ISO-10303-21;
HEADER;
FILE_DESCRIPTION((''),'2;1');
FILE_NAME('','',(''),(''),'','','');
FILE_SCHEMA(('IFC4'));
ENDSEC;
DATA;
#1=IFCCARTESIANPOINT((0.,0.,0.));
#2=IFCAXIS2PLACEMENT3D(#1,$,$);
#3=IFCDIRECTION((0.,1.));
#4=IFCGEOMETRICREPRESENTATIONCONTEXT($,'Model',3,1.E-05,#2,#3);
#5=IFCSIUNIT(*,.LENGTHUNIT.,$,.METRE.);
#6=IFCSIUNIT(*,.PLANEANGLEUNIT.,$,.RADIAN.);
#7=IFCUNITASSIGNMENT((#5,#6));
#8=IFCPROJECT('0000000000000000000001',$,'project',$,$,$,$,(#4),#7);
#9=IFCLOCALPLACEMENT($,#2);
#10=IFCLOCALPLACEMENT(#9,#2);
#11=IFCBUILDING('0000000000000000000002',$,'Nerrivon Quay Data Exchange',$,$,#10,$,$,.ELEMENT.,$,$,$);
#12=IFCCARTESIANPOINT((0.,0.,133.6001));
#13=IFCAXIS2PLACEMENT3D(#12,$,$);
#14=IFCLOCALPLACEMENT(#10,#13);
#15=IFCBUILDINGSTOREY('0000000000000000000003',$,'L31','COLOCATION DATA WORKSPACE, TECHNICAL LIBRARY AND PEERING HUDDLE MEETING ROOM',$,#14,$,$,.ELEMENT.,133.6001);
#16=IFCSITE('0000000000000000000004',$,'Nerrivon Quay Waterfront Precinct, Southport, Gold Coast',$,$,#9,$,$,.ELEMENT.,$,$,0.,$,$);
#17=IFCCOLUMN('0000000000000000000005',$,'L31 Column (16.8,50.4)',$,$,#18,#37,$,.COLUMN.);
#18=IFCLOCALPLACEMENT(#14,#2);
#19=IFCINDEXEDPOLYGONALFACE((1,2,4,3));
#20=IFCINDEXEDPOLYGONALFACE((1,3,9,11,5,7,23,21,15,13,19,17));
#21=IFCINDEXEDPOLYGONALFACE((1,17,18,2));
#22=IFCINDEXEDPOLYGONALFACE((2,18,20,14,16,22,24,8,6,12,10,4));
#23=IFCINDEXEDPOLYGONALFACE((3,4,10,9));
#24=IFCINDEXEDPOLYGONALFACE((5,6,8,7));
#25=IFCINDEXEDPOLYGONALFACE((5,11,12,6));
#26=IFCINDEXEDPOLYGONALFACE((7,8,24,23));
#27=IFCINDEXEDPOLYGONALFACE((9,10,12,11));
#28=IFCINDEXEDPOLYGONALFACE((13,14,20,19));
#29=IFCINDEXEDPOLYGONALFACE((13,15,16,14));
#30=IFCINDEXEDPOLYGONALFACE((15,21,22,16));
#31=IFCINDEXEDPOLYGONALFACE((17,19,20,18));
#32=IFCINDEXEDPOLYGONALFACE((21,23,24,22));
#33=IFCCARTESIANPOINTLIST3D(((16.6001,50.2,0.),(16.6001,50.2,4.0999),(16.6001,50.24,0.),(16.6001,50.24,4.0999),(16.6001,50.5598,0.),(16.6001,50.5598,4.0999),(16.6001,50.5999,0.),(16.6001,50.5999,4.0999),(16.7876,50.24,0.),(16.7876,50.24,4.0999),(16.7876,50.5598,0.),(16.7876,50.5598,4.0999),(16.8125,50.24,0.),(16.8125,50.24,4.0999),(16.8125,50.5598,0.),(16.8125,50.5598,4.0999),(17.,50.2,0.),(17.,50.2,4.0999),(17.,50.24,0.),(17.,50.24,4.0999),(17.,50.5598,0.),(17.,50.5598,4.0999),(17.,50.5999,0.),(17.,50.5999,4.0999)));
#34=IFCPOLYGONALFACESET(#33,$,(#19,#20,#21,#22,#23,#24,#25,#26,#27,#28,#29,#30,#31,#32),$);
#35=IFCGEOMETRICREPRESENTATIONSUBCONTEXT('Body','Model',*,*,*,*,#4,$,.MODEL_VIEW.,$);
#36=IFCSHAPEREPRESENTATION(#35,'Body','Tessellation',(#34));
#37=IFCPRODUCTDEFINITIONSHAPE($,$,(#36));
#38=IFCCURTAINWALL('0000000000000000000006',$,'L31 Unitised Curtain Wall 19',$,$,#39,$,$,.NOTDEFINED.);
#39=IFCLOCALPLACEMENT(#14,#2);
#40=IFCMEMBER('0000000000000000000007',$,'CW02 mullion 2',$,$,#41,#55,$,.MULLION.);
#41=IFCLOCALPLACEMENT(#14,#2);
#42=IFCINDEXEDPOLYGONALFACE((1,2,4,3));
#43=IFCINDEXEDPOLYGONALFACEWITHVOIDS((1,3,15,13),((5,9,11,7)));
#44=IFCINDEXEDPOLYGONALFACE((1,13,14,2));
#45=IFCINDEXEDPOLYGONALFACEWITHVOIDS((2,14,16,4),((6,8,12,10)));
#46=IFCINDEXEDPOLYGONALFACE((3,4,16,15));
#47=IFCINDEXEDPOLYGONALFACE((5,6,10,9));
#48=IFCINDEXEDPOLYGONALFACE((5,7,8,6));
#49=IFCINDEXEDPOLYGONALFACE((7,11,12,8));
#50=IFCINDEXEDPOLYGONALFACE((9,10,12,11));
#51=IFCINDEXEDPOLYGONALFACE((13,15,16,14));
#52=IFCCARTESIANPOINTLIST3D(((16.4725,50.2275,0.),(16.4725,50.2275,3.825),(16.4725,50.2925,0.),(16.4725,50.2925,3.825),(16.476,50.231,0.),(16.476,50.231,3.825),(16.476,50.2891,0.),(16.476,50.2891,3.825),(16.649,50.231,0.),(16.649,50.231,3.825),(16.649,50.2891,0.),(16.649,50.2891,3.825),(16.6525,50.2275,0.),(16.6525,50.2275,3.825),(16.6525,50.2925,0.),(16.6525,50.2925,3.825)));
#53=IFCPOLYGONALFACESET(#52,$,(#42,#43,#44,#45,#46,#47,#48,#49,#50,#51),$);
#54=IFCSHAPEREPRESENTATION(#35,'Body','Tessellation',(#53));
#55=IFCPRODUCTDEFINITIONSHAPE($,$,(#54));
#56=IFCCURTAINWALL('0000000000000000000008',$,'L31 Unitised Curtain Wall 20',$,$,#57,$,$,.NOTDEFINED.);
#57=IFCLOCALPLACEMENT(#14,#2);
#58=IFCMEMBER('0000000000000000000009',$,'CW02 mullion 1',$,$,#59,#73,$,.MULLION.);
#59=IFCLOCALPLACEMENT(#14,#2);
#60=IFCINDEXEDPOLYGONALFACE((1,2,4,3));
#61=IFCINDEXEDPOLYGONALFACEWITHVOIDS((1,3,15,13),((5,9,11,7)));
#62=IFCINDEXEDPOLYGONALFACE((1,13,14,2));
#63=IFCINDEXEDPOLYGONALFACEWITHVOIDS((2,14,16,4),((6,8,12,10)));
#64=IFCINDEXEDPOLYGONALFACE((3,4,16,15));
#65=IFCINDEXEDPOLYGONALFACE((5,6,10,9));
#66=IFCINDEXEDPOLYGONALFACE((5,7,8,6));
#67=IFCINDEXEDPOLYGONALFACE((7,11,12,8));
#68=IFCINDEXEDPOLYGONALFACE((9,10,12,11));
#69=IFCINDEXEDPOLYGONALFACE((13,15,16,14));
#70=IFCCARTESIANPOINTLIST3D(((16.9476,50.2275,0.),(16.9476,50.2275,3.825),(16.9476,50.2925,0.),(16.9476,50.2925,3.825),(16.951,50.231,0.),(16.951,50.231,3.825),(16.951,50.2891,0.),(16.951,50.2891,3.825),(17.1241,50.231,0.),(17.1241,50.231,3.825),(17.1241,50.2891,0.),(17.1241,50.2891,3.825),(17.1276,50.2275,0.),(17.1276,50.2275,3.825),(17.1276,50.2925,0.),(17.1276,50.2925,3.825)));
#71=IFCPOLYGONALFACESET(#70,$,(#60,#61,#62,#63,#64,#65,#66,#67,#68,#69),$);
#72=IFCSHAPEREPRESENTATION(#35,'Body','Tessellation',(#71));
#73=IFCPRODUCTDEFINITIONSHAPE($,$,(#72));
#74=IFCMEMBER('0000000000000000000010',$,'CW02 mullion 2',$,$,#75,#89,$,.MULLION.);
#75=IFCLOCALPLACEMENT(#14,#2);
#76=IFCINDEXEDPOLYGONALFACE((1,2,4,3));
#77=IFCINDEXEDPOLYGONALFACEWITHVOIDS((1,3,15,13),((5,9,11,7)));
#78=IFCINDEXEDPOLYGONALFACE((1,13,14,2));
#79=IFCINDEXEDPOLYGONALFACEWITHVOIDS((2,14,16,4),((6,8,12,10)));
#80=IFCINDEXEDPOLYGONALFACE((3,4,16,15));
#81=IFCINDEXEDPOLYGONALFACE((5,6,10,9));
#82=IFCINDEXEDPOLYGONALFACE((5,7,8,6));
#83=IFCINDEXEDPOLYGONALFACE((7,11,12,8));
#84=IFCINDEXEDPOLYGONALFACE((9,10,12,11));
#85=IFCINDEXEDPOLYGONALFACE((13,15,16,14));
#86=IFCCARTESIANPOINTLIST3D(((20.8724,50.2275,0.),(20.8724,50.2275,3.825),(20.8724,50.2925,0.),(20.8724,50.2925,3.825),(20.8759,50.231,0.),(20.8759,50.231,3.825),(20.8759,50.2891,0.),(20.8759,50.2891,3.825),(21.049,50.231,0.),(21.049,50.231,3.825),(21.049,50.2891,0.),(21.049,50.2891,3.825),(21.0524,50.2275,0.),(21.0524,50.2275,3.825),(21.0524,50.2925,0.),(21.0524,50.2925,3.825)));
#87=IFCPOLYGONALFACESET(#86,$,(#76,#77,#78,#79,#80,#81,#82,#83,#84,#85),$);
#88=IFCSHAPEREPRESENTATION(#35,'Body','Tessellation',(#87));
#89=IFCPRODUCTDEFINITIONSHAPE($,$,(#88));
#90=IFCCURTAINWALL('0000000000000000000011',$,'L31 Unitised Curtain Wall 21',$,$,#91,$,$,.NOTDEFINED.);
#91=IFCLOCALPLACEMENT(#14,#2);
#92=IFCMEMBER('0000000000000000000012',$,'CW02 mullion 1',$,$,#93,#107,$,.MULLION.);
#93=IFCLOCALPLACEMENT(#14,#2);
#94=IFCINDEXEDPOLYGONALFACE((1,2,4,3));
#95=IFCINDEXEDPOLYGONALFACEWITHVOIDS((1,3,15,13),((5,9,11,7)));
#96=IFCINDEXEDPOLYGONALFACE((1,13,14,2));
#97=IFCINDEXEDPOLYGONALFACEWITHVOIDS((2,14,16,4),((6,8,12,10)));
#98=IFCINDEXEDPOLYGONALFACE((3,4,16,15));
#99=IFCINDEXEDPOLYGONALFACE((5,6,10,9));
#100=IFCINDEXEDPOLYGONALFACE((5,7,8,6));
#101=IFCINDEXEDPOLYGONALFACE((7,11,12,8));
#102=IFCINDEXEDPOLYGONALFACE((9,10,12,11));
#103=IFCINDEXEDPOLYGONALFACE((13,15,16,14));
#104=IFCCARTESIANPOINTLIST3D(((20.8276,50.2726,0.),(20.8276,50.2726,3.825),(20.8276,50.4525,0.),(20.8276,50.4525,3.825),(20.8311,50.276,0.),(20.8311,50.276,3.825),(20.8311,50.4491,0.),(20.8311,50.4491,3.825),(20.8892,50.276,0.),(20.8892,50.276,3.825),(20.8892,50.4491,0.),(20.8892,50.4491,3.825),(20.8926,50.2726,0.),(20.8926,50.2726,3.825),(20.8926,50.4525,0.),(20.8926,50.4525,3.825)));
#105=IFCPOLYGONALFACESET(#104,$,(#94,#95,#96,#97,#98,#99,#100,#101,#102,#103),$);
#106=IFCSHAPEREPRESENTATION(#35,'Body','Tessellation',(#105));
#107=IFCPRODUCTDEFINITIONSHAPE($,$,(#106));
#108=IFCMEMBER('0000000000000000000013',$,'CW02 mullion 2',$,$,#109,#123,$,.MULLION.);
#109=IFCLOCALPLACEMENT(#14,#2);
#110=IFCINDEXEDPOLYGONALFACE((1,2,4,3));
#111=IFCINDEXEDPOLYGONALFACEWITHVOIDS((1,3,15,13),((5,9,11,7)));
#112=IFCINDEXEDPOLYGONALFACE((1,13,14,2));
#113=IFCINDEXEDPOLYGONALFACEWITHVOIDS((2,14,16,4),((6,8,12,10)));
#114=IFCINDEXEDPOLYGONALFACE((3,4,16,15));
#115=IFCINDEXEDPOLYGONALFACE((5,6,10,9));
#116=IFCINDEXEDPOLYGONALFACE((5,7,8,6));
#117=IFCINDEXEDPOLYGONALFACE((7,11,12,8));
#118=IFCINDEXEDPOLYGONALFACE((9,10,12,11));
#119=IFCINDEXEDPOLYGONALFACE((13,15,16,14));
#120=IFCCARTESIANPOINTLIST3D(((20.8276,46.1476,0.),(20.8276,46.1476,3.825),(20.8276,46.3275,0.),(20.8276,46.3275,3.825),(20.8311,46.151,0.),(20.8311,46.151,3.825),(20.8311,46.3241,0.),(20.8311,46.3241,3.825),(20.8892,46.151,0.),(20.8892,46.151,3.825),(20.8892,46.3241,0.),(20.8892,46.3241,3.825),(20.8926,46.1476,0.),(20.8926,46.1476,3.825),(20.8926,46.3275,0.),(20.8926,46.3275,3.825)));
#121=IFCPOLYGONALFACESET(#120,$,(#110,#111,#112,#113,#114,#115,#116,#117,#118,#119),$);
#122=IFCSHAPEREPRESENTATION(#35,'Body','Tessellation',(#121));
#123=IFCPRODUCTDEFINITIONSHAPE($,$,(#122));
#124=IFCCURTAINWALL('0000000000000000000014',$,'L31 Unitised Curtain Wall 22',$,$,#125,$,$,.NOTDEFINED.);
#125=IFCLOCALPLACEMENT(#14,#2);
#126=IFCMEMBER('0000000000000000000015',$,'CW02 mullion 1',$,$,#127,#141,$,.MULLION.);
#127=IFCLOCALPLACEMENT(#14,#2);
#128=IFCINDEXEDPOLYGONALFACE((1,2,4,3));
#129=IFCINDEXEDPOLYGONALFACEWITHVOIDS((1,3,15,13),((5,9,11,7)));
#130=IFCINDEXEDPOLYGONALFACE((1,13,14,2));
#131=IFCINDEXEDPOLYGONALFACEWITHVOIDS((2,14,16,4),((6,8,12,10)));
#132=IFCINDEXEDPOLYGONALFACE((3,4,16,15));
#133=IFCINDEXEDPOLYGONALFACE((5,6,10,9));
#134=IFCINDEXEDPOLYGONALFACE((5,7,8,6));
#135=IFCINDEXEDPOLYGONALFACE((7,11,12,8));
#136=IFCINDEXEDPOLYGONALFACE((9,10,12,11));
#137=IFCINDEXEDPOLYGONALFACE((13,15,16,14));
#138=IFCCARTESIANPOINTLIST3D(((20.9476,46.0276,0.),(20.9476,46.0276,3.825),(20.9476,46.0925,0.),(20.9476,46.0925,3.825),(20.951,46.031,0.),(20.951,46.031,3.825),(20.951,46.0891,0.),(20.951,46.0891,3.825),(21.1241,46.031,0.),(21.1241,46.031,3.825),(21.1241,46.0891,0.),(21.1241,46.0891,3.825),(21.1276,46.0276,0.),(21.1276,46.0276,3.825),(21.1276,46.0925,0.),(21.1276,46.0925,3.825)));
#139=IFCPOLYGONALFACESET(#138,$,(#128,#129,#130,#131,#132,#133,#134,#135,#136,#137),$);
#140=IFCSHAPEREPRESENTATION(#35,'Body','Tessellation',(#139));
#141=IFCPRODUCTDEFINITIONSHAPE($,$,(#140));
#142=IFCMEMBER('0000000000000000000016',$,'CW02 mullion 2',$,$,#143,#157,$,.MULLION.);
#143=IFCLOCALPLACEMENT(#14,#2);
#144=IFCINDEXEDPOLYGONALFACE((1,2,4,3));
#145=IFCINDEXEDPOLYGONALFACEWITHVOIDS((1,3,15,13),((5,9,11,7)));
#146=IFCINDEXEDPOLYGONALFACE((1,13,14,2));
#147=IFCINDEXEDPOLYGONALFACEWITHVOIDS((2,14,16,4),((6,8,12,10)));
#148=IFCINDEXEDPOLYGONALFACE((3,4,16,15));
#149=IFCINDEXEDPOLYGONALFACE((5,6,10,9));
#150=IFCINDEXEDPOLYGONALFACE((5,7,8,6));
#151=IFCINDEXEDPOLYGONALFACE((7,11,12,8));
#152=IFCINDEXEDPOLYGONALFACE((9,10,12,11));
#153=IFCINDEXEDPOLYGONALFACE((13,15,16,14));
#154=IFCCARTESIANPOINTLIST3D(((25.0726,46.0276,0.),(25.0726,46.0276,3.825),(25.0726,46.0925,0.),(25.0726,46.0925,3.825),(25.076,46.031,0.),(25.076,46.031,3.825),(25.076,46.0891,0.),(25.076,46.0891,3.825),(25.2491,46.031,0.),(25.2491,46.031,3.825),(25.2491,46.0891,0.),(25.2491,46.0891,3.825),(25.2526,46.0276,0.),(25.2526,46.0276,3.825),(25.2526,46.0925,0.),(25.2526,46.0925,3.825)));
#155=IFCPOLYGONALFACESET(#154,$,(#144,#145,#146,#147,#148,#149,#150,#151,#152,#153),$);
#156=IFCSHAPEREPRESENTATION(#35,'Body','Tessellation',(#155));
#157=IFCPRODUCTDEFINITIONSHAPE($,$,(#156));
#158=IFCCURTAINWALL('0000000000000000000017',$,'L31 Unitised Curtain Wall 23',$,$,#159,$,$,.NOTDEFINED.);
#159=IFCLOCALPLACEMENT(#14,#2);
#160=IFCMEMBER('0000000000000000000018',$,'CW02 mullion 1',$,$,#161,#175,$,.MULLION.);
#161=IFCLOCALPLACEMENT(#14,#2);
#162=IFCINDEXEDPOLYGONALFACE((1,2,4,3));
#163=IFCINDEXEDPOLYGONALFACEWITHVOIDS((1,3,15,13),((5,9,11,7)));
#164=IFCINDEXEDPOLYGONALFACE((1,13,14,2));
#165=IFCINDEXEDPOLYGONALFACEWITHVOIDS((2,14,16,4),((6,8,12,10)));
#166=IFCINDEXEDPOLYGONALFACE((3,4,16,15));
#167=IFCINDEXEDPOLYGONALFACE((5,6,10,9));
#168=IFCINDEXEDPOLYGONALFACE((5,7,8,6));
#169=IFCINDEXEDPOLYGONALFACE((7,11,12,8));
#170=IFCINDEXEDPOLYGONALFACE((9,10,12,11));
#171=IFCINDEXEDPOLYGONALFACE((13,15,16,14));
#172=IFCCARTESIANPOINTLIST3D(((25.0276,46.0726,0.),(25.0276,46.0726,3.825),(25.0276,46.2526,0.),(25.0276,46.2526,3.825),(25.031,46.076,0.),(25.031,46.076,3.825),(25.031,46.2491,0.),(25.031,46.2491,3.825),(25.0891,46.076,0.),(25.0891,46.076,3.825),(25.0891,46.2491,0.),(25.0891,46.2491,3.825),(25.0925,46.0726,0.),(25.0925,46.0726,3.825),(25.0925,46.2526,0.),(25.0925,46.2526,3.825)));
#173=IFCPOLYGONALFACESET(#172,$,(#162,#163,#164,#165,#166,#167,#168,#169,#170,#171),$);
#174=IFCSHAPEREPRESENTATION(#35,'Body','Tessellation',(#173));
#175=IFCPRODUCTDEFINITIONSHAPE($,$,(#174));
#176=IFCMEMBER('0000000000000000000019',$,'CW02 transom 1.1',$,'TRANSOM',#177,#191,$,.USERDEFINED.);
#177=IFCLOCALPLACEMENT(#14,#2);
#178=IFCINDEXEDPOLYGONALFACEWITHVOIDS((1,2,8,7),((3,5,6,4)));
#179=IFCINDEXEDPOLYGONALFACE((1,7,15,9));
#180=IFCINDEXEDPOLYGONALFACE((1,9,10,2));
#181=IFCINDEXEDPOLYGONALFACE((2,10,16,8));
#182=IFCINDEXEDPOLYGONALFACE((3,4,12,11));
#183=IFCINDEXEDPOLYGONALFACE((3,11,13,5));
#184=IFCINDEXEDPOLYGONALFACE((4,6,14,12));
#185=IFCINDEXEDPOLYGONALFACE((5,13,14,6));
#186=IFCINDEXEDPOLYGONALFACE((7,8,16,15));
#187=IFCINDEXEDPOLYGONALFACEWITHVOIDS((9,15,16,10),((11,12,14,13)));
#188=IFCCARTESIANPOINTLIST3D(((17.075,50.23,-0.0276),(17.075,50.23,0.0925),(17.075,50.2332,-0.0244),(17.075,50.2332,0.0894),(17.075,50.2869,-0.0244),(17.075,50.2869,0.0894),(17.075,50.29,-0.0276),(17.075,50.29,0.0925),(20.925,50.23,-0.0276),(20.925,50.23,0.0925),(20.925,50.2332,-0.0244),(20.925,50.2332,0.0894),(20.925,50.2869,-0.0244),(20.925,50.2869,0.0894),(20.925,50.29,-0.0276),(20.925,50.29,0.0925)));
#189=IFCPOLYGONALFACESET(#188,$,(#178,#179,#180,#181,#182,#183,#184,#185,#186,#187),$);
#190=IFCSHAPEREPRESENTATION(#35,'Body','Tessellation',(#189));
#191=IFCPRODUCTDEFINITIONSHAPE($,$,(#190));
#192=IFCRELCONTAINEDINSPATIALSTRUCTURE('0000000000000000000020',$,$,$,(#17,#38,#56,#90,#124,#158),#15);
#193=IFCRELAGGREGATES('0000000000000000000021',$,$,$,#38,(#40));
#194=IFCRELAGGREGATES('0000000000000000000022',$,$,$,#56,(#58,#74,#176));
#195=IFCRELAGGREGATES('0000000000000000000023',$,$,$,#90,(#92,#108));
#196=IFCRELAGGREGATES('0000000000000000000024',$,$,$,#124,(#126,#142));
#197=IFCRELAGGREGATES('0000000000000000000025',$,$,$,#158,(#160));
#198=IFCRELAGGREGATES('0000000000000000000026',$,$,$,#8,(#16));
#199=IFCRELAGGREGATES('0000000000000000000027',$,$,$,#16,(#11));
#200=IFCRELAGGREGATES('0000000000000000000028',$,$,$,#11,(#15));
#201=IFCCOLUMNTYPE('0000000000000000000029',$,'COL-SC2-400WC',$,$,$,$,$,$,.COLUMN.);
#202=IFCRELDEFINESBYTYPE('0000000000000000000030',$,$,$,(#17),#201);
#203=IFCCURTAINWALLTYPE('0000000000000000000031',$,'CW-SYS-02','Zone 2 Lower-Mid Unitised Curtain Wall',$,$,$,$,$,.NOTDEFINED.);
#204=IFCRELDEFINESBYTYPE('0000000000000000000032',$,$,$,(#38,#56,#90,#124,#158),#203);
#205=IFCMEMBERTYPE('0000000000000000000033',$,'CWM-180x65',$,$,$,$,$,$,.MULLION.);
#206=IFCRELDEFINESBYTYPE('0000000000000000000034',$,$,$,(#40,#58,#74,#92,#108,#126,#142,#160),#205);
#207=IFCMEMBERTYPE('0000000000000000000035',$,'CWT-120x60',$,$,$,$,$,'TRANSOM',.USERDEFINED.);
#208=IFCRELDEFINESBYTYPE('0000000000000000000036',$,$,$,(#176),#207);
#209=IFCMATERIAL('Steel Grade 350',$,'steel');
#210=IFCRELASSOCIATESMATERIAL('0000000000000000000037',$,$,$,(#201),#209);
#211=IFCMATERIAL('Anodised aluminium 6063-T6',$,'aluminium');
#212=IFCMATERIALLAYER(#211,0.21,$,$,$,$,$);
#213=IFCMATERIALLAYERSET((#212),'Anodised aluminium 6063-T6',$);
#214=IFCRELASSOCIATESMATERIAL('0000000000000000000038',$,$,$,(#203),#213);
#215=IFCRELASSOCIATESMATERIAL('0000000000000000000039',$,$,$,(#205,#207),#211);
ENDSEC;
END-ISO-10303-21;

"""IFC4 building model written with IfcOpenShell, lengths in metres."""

from ifc_helpers import new_model, si_unit, direction, frame, origin, origin_2d, place, context, subcontext, project, spatial, hollow_rectangle, i_section, extrude, material, layer, layer_set, material_profile, profile_set, type_object, element, aggregate, save


model = new_model("IFC4")

# Units and contexts
model_context = context("Model", 3, precision=1e-05, world=origin(), true_north=direction((0.0, 1.0)))
body_context = subcontext(model_context, "Body", "Model", "MODEL_VIEW")
ifc_project = project(units=[si_unit("LENGTHUNIT", "METRE"), si_unit("PLANEANGLEUNIT", "RADIAN")], contexts=[model_context])

# Site, building, storey
site_placement = place(None, origin())
site = spatial("IfcSite", under=ifc_project, at=site_placement, Name="Nerrivon Quay Waterfront Precinct, Southport, Gold Coast", CompositionType="ELEMENT", RefElevation=0.0)
building_placement = place(site_placement, origin())
building = spatial("IfcBuilding", under=site, at=building_placement, Name="Nerrivon Quay Data Exchange", CompositionType="ELEMENT")
storey_placement = place(building_placement, frame((0.0, 0.0, 133.6001)))
storey = spatial("IfcBuildingStorey", under=building, at=storey_placement, Name="L31", Description="COLOCATION DATA WORKSPACE, TECHNICAL LIBRARY AND PEERING HUDDLE MEETING ROOM", CompositionType="ELEMENT", Elevation=133.6001)

# Column
ifc_material_1 = material(Name="Steel Grade 350", Category="steel")
ifc_material_profile_1 = material_profile(ifc_material_1, i_section(OverallWidth=0.3999, OverallDepth=0.3999, WebThickness=0.0249, FlangeThickness=0.04, at=origin_2d()), Name="400WC328")
ifc_profile_set_1 = profile_set([ifc_material_profile_1], Name="Steel Grade 350")
column_type = type_object("IfcColumnType", Name="COL-SC2-400WC", PredefinedType="COLUMN", material=ifc_profile_set_1)
column_placement = place(storey_placement, frame((16.8, 50.3999, 0.0), z_axis=(0.0, 0.0, 1.0), x_axis=(1.0, 0.0, 0.0)))
element("IfcColumn", 1, at=column_placement, inside=storey, type_object=column_type, Name="L31 Column (16.8,50.4)", PredefinedType="COLUMN", context=body_context, shape_type="SweptSolid", body=[
    extrude(i_section(OverallWidth=0.3999, OverallDepth=0.3999, WebThickness=0.0249, FlangeThickness=0.04, at=origin_2d()), origin(), (0.0, 0.0, 1.0), 4.0999),
])

# Curtain wall, member
ifc_material_2 = material(Name="Anodised aluminium 6063-T6", Category="aluminium")
ifc_layer_1 = layer(ifc_material_2, 0.21)
ifc_layer_set_1 = layer_set([ifc_layer_1], Name="Anodised aluminium 6063-T6")
curtain_wall_type = type_object("IfcCurtainWallType", Name="CW-SYS-02", Description="Zone 2 Lower-Mid Unitised Curtain Wall", PredefinedType="NOTDEFINED", material=ifc_layer_set_1)
curtain_wall_1_placement = place(storey_placement, origin())
curtain_wall_1 = element("IfcCurtainWall", 2, at=curtain_wall_1_placement, inside=storey, type_object=curtain_wall_type, Name="L31 Unitised Curtain Wall 19", PredefinedType="NOTDEFINED")
ifc_material_profile_2 = material_profile(ifc_material_2, hollow_rectangle(XDim=0.0649, YDim=0.1799, WallThickness=0.0034, at=origin_2d()), Name="ALU-MULL-180x65")
ifc_profile_set_2 = profile_set([ifc_material_profile_2], Name="Anodised aluminium 6063-T6")
member_type_1 = type_object("IfcMemberType", Name="CWM-180x65", PredefinedType="MULLION", material=ifc_profile_set_2)
member_1_placement = place(storey_placement, frame((16.5625, 50.26, 0.0), z_axis=(0.0, 0.0, 1.0), x_axis=(0.0, 1.0, 0.0)))
member_1 = element("IfcMember", 3, at=member_1_placement, type_object=member_type_1, Name="CW02 mullion 2", PredefinedType="MULLION", context=body_context, shape_type="SweptSolid", body=[
    extrude(hollow_rectangle(XDim=0.0649, YDim=0.1799, WallThickness=0.0034, at=origin_2d()), origin(), (0.0, 0.0, 1.0), 3.825),
])
aggregate(curtain_wall_1, [member_1])

# Curtain walls, members
curtain_wall_2_placement = place(storey_placement, origin())
curtain_wall_2 = element("IfcCurtainWall", 4, at=curtain_wall_2_placement, inside=storey, type_object=curtain_wall_type, Name="L31 Unitised Curtain Wall 20", PredefinedType="NOTDEFINED")
member_2_placement = place(storey_placement, frame((17.0376, 50.26, 0.0), z_axis=(0.0, 0.0, 1.0), x_axis=(0.0, 1.0, 0.0)))
member_2 = element("IfcMember", 5, at=member_2_placement, type_object=member_type_1, Name="CW02 mullion 1", PredefinedType="MULLION", context=body_context, shape_type="SweptSolid", body=[
    extrude(hollow_rectangle(XDim=0.0649, YDim=0.1799, WallThickness=0.0034, at=origin_2d()), origin(), (0.0, 0.0, 1.0), 3.825),
])
member_3_placement = place(storey_placement, frame((20.9624, 50.26, 0.0), z_axis=(0.0, 0.0, 1.0), x_axis=(0.0, 1.0, 0.0)))
member_3 = element("IfcMember", 6, at=member_3_placement, type_object=member_type_1, Name="CW02 mullion 2", PredefinedType="MULLION", context=body_context, shape_type="SweptSolid", body=[
    extrude(hollow_rectangle(XDim=0.0649, YDim=0.1799, WallThickness=0.0034, at=origin_2d()), origin(), (0.0, 0.0, 1.0), 3.825),
])
curtain_wall_3_placement = place(storey_placement, origin())
curtain_wall_3 = element("IfcCurtainWall", 7, at=curtain_wall_3_placement, inside=storey, type_object=curtain_wall_type, Name="L31 Unitised Curtain Wall 21", PredefinedType="NOTDEFINED")
member_4_placement = place(storey_placement, frame((20.8601, 50.3625, 0.0), z_axis=(0.0, 0.0, 1.0), x_axis=(1.0, 0.0, 0.0)))
member_4 = element("IfcMember", 8, at=member_4_placement, type_object=member_type_1, Name="CW02 mullion 1", PredefinedType="MULLION", context=body_context, shape_type="SweptSolid", body=[
    extrude(hollow_rectangle(XDim=0.0649, YDim=0.1799, WallThickness=0.0034, at=origin_2d()), origin(), (0.0, 0.0, 1.0), 3.825),
])
member_5_placement = place(storey_placement, frame((20.8601, 46.2375, 0.0), z_axis=(0.0, 0.0, 1.0), x_axis=(1.0, 0.0, 0.0)))
member_5 = element("IfcMember", 9, at=member_5_placement, type_object=member_type_1, Name="CW02 mullion 2", PredefinedType="MULLION", context=body_context, shape_type="SweptSolid", body=[
    extrude(hollow_rectangle(XDim=0.0649, YDim=0.1799, WallThickness=0.0034, at=origin_2d()), origin(), (0.0, 0.0, 1.0), 3.825),
])
curtain_wall_4_placement = place(storey_placement, origin())
curtain_wall_4 = element("IfcCurtainWall", 10, at=curtain_wall_4_placement, inside=storey, type_object=curtain_wall_type, Name="L31 Unitised Curtain Wall 22", PredefinedType="NOTDEFINED")
member_6_placement = place(storey_placement, frame((21.0376, 46.0601, 0.0), z_axis=(0.0, 0.0, 1.0), x_axis=(0.0, 1.0, 0.0)))
member_6 = element("IfcMember", 11, at=member_6_placement, type_object=member_type_1, Name="CW02 mullion 1", PredefinedType="MULLION", context=body_context, shape_type="SweptSolid", body=[
    extrude(hollow_rectangle(XDim=0.0649, YDim=0.1799, WallThickness=0.0034, at=origin_2d()), origin(), (0.0, 0.0, 1.0), 3.825),
])
member_7_placement = place(storey_placement, frame((25.1626, 46.0601, 0.0), z_axis=(0.0, 0.0, 1.0), x_axis=(0.0, 1.0, 0.0)))
member_7 = element("IfcMember", 12, at=member_7_placement, type_object=member_type_1, Name="CW02 mullion 2", PredefinedType="MULLION", context=body_context, shape_type="SweptSolid", body=[
    extrude(hollow_rectangle(XDim=0.0649, YDim=0.1799, WallThickness=0.0034, at=origin_2d()), origin(), (0.0, 0.0, 1.0), 3.825),
])

# Curtain wall, member
curtain_wall_5_placement = place(storey_placement, origin())
curtain_wall_5 = element("IfcCurtainWall", 13, at=curtain_wall_5_placement, inside=storey, type_object=curtain_wall_type, Name="L31 Unitised Curtain Wall 23", PredefinedType="NOTDEFINED")
member_8_placement = place(storey_placement, frame((25.0601, 46.1626, 0.0), z_axis=(0.0, 0.0, 1.0), x_axis=(1.0, 0.0, 0.0)))
member_8 = element("IfcMember", 14, at=member_8_placement, type_object=member_type_1, Name="CW02 mullion 1", PredefinedType="MULLION", context=body_context, shape_type="SweptSolid", body=[
    extrude(hollow_rectangle(XDim=0.0649, YDim=0.1799, WallThickness=0.0034, at=origin_2d()), origin(), (0.0, 0.0, 1.0), 3.825),
])

# Member
ifc_material_profile_3 = material_profile(ifc_material_2, hollow_rectangle(XDim=0.0601, YDim=0.1201, WallThickness=0.0032, at=origin_2d()), Name="ALU-TRAN-120x60")
ifc_profile_set_3 = profile_set([ifc_material_profile_3], Name="Anodised aluminium 6063-T6")
member_type_2 = type_object("IfcMemberType", Name="CWT-120x60", ElementType="TRANSOM", PredefinedType="USERDEFINED", material=ifc_profile_set_3)
member_9_placement = place(storey_placement, frame((17.075, 50.26, 0.0325), z_axis=(1.0, 0.0, 0.0), x_axis=(0.0, 1.0, 0.0)))
member_9 = element("IfcMember", 15, at=member_9_placement, type_object=member_type_2, Name="CW02 transom 1.1", ObjectType="TRANSOM", PredefinedType="USERDEFINED", context=body_context, shape_type="SweptSolid", body=[
    extrude(hollow_rectangle(XDim=0.0601, YDim=0.1201, WallThickness=0.0032, at=origin_2d()), origin(), (0.0, 0.0, 1.0), 3.8501),
])

aggregate(curtain_wall_2, [member_2, member_3, member_9])
aggregate(curtain_wall_3, [member_4, member_5])
aggregate(curtain_wall_4, [member_6, member_7])
aggregate(curtain_wall_5, [member_8])

save(model, "model.ifc")
